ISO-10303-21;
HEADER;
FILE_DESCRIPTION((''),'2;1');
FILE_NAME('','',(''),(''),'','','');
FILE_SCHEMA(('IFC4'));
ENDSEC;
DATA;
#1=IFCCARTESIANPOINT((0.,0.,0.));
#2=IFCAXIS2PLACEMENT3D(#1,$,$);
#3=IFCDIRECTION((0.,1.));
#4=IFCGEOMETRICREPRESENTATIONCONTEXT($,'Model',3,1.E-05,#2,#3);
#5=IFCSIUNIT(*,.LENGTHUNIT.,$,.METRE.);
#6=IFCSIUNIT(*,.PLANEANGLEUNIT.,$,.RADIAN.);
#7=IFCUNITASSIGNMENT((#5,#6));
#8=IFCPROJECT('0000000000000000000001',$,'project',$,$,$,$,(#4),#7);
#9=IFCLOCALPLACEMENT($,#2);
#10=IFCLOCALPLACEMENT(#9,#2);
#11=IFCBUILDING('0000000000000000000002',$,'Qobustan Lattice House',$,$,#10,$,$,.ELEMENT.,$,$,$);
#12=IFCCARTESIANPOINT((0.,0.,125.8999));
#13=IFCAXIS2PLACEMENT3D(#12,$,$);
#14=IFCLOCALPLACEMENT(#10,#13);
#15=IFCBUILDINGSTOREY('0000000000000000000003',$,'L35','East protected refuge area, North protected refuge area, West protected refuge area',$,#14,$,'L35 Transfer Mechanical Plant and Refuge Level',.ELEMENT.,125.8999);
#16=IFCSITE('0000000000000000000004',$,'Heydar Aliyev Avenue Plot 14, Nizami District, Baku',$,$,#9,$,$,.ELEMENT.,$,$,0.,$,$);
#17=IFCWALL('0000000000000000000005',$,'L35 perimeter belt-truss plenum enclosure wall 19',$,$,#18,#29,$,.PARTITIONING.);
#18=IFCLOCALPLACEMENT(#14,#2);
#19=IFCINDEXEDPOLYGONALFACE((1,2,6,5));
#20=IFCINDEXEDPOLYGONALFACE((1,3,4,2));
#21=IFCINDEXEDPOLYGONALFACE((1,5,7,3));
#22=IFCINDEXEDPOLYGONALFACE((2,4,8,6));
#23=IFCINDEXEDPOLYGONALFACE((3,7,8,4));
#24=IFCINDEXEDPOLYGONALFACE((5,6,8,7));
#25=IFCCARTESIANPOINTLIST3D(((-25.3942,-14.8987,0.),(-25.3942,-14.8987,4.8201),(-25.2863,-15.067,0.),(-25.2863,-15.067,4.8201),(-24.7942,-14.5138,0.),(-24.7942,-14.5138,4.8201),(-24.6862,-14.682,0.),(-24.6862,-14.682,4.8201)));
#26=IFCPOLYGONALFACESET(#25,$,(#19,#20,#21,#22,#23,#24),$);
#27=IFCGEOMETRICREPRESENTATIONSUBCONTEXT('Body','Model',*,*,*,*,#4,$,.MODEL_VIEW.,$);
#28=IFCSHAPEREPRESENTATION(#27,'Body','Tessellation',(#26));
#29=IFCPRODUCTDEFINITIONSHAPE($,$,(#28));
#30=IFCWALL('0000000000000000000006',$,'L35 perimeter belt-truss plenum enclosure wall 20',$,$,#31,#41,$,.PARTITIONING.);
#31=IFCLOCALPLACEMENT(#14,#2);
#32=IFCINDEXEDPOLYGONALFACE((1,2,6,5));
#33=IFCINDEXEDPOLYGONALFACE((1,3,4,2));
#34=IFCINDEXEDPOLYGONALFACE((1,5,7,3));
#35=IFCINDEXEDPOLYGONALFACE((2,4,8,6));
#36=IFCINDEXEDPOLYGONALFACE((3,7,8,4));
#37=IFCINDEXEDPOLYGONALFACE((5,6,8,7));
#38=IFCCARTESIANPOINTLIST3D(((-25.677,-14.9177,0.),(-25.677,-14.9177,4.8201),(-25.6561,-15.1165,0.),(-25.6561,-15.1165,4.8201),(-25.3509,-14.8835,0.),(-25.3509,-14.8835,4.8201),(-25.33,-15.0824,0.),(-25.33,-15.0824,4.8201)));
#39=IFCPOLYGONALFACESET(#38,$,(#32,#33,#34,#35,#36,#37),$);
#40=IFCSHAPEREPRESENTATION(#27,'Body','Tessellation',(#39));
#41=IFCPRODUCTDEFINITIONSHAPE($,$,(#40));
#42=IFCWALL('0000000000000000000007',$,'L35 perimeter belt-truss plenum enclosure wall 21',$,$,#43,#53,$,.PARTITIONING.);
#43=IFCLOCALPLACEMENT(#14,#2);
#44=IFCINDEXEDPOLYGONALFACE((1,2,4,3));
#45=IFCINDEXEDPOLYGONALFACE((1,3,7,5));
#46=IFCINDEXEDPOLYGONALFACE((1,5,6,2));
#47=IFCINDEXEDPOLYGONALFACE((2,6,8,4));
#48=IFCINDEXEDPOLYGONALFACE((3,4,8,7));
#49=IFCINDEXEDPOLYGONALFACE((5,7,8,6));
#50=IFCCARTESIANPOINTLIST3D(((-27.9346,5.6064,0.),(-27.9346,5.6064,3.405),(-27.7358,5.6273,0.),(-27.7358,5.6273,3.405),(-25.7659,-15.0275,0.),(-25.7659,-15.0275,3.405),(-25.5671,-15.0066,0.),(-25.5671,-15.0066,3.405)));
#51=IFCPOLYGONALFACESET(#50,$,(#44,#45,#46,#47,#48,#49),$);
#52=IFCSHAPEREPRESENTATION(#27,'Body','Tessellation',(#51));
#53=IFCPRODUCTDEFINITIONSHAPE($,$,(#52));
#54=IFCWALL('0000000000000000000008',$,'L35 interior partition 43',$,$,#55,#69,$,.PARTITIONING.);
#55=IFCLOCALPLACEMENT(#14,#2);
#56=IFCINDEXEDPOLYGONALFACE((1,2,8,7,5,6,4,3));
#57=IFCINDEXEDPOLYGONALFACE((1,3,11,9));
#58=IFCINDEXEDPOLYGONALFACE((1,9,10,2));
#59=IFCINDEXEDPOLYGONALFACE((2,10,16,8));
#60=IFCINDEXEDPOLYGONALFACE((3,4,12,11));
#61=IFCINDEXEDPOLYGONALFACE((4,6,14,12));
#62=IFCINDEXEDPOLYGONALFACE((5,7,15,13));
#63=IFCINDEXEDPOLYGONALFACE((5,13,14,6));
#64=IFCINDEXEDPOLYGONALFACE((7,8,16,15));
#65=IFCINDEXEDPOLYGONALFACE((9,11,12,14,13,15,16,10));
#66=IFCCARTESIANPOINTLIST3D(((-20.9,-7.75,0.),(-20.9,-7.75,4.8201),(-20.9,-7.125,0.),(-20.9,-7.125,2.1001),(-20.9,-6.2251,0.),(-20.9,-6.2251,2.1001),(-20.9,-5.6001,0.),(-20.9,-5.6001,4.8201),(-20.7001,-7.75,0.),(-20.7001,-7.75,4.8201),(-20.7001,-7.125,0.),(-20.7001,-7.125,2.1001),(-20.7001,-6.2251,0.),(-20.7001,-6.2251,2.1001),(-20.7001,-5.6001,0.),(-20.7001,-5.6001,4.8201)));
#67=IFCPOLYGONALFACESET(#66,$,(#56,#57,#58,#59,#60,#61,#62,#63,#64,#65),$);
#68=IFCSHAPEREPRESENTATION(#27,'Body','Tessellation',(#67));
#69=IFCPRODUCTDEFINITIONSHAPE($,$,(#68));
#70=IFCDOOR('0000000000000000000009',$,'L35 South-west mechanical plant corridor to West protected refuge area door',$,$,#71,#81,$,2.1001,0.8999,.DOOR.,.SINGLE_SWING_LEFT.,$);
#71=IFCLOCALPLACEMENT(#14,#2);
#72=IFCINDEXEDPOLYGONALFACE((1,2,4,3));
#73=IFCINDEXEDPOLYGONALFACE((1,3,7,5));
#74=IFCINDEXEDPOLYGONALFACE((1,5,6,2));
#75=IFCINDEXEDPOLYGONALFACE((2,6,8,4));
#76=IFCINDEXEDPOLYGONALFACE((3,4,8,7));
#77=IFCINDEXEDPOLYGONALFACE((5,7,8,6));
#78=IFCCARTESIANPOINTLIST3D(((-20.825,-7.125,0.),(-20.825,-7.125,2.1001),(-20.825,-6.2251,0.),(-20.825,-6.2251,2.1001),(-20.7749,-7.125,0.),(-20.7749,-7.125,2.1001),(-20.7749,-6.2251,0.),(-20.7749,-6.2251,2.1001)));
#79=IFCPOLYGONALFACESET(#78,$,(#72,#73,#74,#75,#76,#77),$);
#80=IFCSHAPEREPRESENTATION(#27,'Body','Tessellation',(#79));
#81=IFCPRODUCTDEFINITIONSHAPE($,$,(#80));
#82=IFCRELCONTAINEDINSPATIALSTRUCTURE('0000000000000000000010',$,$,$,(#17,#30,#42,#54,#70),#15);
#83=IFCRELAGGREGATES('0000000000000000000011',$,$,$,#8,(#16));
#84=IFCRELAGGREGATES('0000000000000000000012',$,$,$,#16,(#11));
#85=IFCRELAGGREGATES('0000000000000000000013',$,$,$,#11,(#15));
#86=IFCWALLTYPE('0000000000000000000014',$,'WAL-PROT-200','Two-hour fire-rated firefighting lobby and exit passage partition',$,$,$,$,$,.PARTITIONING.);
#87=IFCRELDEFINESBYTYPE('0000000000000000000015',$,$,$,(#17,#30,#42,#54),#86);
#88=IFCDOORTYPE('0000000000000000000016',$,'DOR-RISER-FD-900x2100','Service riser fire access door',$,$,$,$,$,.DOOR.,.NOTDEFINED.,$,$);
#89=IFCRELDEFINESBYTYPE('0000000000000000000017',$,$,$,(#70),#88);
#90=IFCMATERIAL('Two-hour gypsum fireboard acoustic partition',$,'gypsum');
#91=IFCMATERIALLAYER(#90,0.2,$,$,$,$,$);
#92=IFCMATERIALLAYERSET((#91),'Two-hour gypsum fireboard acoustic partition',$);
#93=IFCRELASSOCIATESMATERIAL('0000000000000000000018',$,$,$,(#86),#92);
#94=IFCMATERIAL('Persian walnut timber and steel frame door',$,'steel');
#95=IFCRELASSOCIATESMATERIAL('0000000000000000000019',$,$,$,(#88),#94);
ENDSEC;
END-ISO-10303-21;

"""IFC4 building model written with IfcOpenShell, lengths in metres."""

from ifc_helpers import new_model, si_unit, direction, frame, frame_2d, origin, place, context, subcontext, project, spatial, rectangle, extrude, material, layer, layer_set, type_object, element, fill, save


model = new_model("IFC4")

# Units and contexts
model_context = context("Model", 3, precision=1e-05, world=origin(), true_north=direction((0.0, 1.0)))
body_context = subcontext(model_context, "Body", "Model", "MODEL_VIEW")
ifc_project = project(units=[si_unit("LENGTHUNIT", "METRE"), si_unit("PLANEANGLEUNIT", "RADIAN")], contexts=[model_context])

# Site, building, storey
site_placement = place(None, origin())
site = spatial("IfcSite", under=ifc_project, at=site_placement, Name="Heydar Aliyev Avenue Plot 14, Nizami District, Baku", CompositionType="ELEMENT", RefElevation=0.0)
building_placement = place(site_placement, origin())
building = spatial("IfcBuilding", under=site, at=building_placement, Name="Qobustan Lattice House", CompositionType="ELEMENT")
storey_placement = place(building_placement, frame((0.0, 0.0, 125.8999)))
storey = spatial("IfcBuildingStorey", under=building, at=storey_placement, Name="L35", Description="East protected refuge area, North protected refuge area, West protected refuge area", LongName="L35 Transfer Mechanical Plant and Refuge Level", CompositionType="ELEMENT", Elevation=125.8999)

# Walls
ifc_material_1 = material(Name="Two-hour gypsum fireboard acoustic partition", Category="gypsum")
ifc_layer_1 = layer(ifc_material_1, 0.2)
ifc_layer_set_1 = layer_set([ifc_layer_1], Name="Two-hour gypsum fireboard acoustic partition")
wall_type = type_object("IfcWallType", Name="WAL-PROT-200", Description="Two-hour fire-rated firefighting lobby and exit passage partition", PredefinedType="PARTITIONING", material=ifc_layer_set_1)
wall_1_placement = place(storey_placement, frame((-24.7402, -14.5979, 0.0), z_axis=(0.0, 0.0, 1.0), x_axis=(-0.841668, -0.539996, 0.0)))
element("IfcWall", 1, at=wall_1_placement, inside=storey, type_object=wall_type, Name="L35 perimeter belt-truss plenum enclosure wall 19", PredefinedType="PARTITIONING", context=body_context, shape_type="SweptSolid", body=[
    extrude(rectangle(XDim=0.7129, YDim=0.2, at=frame_2d((0.3564, 0.0))), origin(), (0.0, 0.0, 1.0), 4.8201),
])
wall_2_placement = place(storey_placement, frame((-25.3403, -14.9829, 0.0), z_axis=(0.0, 0.0, 1.0), x_axis=(-0.994554, -0.10422, 0.0)))
element("IfcWall", 2, at=wall_2_placement, inside=storey, type_object=wall_type, Name="L35 perimeter belt-truss plenum enclosure wall 20", PredefinedType="PARTITIONING", context=body_context, shape_type="SweptSolid", body=[
    extrude(rectangle(XDim=0.3279, YDim=0.2, at=frame_2d((0.1641, 0.0))), origin(), (0.0, 0.0, 1.0), 4.8201),
])
wall_3_placement = place(storey_placement, frame((-25.6665, -15.0171, 0.0), z_axis=(0.0, 0.0, 1.0), x_axis=(-0.104529, 0.994522, 0.0)))
element("IfcWall", 3, at=wall_3_placement, inside=storey, type_object=wall_type, Name="L35 perimeter belt-truss plenum enclosure wall 21", PredefinedType="PARTITIONING", context=body_context, shape_type="SweptSolid", body=[
    extrude(rectangle(XDim=20.7476, YDim=0.2, at=frame_2d((10.3738, 0.0))), origin(), (0.0, 0.0, 1.0), 3.405),
])

# Wall, opening, door
wall_4_placement = place(storey_placement, frame((-20.8, -7.75, 0.0), z_axis=(0.0, 0.0, 1.0), x_axis=(0.0, 1.0, 0.0)))
wall_4 = element("IfcWall", 4, at=wall_4_placement, inside=storey, type_object=wall_type, Name="L35 interior partition 43", PredefinedType="PARTITIONING", context=body_context, shape_type="SweptSolid", body=[
    extrude(rectangle(XDim=2.1499, YDim=0.2, at=frame_2d((1.075, 0.0))), origin(), (0.0, 0.0, 1.0), 4.8201),
])
opening_placement = place(wall_4_placement, frame((0.625, 0.0, 0.0)))
opening = element("IfcOpeningElement", 5, at=opening_placement, cuts=wall_4, PredefinedType="OPENING", context=body_context, shape_type="SweptSolid", body=[
    extrude(rectangle(XDim=0.8999, YDim=2.1001, at=frame_2d((0.45, 1.05))), frame((0.0, 0.1099, 0.0), z_axis=(0.0, -1.0, 0.0), x_axis=(1.0, 0.0, 0.0)), (0.0, 0.0, 1.0), 0.22),
])
ifc_material_2 = material(Name="Persian walnut timber and steel frame door", Category="steel")
door_type = type_object("IfcDoorType", Name="DOR-RISER-FD-900x2100", Description="Service riser fire access door", OperationType="NOTDEFINED", PredefinedType="DOOR", material=ifc_material_2)
door_placement = place(opening_placement, origin())
door = element("IfcDoor", 6, at=door_placement, inside=storey, type_object=door_type, Name="L35 South-west mechanical plant corridor to West protected refuge area door", OperationType="SINGLE_SWING_LEFT", OverallHeight=2.1001, OverallWidth=0.8999, PredefinedType="DOOR", context=body_context, shape_type="SweptSolid", body=[
    extrude(rectangle(XDim=0.8999, YDim=2.1001, at=frame_2d((0.45, 1.05))), frame((0.0, 0.0249, 0.0), z_axis=(0.0, -1.0, 0.0), x_axis=(1.0, 0.0, 0.0)), (0.0, 0.0, 1.0), 0.05),
])
fill(opening, door)

save(model, "model.ifc")
